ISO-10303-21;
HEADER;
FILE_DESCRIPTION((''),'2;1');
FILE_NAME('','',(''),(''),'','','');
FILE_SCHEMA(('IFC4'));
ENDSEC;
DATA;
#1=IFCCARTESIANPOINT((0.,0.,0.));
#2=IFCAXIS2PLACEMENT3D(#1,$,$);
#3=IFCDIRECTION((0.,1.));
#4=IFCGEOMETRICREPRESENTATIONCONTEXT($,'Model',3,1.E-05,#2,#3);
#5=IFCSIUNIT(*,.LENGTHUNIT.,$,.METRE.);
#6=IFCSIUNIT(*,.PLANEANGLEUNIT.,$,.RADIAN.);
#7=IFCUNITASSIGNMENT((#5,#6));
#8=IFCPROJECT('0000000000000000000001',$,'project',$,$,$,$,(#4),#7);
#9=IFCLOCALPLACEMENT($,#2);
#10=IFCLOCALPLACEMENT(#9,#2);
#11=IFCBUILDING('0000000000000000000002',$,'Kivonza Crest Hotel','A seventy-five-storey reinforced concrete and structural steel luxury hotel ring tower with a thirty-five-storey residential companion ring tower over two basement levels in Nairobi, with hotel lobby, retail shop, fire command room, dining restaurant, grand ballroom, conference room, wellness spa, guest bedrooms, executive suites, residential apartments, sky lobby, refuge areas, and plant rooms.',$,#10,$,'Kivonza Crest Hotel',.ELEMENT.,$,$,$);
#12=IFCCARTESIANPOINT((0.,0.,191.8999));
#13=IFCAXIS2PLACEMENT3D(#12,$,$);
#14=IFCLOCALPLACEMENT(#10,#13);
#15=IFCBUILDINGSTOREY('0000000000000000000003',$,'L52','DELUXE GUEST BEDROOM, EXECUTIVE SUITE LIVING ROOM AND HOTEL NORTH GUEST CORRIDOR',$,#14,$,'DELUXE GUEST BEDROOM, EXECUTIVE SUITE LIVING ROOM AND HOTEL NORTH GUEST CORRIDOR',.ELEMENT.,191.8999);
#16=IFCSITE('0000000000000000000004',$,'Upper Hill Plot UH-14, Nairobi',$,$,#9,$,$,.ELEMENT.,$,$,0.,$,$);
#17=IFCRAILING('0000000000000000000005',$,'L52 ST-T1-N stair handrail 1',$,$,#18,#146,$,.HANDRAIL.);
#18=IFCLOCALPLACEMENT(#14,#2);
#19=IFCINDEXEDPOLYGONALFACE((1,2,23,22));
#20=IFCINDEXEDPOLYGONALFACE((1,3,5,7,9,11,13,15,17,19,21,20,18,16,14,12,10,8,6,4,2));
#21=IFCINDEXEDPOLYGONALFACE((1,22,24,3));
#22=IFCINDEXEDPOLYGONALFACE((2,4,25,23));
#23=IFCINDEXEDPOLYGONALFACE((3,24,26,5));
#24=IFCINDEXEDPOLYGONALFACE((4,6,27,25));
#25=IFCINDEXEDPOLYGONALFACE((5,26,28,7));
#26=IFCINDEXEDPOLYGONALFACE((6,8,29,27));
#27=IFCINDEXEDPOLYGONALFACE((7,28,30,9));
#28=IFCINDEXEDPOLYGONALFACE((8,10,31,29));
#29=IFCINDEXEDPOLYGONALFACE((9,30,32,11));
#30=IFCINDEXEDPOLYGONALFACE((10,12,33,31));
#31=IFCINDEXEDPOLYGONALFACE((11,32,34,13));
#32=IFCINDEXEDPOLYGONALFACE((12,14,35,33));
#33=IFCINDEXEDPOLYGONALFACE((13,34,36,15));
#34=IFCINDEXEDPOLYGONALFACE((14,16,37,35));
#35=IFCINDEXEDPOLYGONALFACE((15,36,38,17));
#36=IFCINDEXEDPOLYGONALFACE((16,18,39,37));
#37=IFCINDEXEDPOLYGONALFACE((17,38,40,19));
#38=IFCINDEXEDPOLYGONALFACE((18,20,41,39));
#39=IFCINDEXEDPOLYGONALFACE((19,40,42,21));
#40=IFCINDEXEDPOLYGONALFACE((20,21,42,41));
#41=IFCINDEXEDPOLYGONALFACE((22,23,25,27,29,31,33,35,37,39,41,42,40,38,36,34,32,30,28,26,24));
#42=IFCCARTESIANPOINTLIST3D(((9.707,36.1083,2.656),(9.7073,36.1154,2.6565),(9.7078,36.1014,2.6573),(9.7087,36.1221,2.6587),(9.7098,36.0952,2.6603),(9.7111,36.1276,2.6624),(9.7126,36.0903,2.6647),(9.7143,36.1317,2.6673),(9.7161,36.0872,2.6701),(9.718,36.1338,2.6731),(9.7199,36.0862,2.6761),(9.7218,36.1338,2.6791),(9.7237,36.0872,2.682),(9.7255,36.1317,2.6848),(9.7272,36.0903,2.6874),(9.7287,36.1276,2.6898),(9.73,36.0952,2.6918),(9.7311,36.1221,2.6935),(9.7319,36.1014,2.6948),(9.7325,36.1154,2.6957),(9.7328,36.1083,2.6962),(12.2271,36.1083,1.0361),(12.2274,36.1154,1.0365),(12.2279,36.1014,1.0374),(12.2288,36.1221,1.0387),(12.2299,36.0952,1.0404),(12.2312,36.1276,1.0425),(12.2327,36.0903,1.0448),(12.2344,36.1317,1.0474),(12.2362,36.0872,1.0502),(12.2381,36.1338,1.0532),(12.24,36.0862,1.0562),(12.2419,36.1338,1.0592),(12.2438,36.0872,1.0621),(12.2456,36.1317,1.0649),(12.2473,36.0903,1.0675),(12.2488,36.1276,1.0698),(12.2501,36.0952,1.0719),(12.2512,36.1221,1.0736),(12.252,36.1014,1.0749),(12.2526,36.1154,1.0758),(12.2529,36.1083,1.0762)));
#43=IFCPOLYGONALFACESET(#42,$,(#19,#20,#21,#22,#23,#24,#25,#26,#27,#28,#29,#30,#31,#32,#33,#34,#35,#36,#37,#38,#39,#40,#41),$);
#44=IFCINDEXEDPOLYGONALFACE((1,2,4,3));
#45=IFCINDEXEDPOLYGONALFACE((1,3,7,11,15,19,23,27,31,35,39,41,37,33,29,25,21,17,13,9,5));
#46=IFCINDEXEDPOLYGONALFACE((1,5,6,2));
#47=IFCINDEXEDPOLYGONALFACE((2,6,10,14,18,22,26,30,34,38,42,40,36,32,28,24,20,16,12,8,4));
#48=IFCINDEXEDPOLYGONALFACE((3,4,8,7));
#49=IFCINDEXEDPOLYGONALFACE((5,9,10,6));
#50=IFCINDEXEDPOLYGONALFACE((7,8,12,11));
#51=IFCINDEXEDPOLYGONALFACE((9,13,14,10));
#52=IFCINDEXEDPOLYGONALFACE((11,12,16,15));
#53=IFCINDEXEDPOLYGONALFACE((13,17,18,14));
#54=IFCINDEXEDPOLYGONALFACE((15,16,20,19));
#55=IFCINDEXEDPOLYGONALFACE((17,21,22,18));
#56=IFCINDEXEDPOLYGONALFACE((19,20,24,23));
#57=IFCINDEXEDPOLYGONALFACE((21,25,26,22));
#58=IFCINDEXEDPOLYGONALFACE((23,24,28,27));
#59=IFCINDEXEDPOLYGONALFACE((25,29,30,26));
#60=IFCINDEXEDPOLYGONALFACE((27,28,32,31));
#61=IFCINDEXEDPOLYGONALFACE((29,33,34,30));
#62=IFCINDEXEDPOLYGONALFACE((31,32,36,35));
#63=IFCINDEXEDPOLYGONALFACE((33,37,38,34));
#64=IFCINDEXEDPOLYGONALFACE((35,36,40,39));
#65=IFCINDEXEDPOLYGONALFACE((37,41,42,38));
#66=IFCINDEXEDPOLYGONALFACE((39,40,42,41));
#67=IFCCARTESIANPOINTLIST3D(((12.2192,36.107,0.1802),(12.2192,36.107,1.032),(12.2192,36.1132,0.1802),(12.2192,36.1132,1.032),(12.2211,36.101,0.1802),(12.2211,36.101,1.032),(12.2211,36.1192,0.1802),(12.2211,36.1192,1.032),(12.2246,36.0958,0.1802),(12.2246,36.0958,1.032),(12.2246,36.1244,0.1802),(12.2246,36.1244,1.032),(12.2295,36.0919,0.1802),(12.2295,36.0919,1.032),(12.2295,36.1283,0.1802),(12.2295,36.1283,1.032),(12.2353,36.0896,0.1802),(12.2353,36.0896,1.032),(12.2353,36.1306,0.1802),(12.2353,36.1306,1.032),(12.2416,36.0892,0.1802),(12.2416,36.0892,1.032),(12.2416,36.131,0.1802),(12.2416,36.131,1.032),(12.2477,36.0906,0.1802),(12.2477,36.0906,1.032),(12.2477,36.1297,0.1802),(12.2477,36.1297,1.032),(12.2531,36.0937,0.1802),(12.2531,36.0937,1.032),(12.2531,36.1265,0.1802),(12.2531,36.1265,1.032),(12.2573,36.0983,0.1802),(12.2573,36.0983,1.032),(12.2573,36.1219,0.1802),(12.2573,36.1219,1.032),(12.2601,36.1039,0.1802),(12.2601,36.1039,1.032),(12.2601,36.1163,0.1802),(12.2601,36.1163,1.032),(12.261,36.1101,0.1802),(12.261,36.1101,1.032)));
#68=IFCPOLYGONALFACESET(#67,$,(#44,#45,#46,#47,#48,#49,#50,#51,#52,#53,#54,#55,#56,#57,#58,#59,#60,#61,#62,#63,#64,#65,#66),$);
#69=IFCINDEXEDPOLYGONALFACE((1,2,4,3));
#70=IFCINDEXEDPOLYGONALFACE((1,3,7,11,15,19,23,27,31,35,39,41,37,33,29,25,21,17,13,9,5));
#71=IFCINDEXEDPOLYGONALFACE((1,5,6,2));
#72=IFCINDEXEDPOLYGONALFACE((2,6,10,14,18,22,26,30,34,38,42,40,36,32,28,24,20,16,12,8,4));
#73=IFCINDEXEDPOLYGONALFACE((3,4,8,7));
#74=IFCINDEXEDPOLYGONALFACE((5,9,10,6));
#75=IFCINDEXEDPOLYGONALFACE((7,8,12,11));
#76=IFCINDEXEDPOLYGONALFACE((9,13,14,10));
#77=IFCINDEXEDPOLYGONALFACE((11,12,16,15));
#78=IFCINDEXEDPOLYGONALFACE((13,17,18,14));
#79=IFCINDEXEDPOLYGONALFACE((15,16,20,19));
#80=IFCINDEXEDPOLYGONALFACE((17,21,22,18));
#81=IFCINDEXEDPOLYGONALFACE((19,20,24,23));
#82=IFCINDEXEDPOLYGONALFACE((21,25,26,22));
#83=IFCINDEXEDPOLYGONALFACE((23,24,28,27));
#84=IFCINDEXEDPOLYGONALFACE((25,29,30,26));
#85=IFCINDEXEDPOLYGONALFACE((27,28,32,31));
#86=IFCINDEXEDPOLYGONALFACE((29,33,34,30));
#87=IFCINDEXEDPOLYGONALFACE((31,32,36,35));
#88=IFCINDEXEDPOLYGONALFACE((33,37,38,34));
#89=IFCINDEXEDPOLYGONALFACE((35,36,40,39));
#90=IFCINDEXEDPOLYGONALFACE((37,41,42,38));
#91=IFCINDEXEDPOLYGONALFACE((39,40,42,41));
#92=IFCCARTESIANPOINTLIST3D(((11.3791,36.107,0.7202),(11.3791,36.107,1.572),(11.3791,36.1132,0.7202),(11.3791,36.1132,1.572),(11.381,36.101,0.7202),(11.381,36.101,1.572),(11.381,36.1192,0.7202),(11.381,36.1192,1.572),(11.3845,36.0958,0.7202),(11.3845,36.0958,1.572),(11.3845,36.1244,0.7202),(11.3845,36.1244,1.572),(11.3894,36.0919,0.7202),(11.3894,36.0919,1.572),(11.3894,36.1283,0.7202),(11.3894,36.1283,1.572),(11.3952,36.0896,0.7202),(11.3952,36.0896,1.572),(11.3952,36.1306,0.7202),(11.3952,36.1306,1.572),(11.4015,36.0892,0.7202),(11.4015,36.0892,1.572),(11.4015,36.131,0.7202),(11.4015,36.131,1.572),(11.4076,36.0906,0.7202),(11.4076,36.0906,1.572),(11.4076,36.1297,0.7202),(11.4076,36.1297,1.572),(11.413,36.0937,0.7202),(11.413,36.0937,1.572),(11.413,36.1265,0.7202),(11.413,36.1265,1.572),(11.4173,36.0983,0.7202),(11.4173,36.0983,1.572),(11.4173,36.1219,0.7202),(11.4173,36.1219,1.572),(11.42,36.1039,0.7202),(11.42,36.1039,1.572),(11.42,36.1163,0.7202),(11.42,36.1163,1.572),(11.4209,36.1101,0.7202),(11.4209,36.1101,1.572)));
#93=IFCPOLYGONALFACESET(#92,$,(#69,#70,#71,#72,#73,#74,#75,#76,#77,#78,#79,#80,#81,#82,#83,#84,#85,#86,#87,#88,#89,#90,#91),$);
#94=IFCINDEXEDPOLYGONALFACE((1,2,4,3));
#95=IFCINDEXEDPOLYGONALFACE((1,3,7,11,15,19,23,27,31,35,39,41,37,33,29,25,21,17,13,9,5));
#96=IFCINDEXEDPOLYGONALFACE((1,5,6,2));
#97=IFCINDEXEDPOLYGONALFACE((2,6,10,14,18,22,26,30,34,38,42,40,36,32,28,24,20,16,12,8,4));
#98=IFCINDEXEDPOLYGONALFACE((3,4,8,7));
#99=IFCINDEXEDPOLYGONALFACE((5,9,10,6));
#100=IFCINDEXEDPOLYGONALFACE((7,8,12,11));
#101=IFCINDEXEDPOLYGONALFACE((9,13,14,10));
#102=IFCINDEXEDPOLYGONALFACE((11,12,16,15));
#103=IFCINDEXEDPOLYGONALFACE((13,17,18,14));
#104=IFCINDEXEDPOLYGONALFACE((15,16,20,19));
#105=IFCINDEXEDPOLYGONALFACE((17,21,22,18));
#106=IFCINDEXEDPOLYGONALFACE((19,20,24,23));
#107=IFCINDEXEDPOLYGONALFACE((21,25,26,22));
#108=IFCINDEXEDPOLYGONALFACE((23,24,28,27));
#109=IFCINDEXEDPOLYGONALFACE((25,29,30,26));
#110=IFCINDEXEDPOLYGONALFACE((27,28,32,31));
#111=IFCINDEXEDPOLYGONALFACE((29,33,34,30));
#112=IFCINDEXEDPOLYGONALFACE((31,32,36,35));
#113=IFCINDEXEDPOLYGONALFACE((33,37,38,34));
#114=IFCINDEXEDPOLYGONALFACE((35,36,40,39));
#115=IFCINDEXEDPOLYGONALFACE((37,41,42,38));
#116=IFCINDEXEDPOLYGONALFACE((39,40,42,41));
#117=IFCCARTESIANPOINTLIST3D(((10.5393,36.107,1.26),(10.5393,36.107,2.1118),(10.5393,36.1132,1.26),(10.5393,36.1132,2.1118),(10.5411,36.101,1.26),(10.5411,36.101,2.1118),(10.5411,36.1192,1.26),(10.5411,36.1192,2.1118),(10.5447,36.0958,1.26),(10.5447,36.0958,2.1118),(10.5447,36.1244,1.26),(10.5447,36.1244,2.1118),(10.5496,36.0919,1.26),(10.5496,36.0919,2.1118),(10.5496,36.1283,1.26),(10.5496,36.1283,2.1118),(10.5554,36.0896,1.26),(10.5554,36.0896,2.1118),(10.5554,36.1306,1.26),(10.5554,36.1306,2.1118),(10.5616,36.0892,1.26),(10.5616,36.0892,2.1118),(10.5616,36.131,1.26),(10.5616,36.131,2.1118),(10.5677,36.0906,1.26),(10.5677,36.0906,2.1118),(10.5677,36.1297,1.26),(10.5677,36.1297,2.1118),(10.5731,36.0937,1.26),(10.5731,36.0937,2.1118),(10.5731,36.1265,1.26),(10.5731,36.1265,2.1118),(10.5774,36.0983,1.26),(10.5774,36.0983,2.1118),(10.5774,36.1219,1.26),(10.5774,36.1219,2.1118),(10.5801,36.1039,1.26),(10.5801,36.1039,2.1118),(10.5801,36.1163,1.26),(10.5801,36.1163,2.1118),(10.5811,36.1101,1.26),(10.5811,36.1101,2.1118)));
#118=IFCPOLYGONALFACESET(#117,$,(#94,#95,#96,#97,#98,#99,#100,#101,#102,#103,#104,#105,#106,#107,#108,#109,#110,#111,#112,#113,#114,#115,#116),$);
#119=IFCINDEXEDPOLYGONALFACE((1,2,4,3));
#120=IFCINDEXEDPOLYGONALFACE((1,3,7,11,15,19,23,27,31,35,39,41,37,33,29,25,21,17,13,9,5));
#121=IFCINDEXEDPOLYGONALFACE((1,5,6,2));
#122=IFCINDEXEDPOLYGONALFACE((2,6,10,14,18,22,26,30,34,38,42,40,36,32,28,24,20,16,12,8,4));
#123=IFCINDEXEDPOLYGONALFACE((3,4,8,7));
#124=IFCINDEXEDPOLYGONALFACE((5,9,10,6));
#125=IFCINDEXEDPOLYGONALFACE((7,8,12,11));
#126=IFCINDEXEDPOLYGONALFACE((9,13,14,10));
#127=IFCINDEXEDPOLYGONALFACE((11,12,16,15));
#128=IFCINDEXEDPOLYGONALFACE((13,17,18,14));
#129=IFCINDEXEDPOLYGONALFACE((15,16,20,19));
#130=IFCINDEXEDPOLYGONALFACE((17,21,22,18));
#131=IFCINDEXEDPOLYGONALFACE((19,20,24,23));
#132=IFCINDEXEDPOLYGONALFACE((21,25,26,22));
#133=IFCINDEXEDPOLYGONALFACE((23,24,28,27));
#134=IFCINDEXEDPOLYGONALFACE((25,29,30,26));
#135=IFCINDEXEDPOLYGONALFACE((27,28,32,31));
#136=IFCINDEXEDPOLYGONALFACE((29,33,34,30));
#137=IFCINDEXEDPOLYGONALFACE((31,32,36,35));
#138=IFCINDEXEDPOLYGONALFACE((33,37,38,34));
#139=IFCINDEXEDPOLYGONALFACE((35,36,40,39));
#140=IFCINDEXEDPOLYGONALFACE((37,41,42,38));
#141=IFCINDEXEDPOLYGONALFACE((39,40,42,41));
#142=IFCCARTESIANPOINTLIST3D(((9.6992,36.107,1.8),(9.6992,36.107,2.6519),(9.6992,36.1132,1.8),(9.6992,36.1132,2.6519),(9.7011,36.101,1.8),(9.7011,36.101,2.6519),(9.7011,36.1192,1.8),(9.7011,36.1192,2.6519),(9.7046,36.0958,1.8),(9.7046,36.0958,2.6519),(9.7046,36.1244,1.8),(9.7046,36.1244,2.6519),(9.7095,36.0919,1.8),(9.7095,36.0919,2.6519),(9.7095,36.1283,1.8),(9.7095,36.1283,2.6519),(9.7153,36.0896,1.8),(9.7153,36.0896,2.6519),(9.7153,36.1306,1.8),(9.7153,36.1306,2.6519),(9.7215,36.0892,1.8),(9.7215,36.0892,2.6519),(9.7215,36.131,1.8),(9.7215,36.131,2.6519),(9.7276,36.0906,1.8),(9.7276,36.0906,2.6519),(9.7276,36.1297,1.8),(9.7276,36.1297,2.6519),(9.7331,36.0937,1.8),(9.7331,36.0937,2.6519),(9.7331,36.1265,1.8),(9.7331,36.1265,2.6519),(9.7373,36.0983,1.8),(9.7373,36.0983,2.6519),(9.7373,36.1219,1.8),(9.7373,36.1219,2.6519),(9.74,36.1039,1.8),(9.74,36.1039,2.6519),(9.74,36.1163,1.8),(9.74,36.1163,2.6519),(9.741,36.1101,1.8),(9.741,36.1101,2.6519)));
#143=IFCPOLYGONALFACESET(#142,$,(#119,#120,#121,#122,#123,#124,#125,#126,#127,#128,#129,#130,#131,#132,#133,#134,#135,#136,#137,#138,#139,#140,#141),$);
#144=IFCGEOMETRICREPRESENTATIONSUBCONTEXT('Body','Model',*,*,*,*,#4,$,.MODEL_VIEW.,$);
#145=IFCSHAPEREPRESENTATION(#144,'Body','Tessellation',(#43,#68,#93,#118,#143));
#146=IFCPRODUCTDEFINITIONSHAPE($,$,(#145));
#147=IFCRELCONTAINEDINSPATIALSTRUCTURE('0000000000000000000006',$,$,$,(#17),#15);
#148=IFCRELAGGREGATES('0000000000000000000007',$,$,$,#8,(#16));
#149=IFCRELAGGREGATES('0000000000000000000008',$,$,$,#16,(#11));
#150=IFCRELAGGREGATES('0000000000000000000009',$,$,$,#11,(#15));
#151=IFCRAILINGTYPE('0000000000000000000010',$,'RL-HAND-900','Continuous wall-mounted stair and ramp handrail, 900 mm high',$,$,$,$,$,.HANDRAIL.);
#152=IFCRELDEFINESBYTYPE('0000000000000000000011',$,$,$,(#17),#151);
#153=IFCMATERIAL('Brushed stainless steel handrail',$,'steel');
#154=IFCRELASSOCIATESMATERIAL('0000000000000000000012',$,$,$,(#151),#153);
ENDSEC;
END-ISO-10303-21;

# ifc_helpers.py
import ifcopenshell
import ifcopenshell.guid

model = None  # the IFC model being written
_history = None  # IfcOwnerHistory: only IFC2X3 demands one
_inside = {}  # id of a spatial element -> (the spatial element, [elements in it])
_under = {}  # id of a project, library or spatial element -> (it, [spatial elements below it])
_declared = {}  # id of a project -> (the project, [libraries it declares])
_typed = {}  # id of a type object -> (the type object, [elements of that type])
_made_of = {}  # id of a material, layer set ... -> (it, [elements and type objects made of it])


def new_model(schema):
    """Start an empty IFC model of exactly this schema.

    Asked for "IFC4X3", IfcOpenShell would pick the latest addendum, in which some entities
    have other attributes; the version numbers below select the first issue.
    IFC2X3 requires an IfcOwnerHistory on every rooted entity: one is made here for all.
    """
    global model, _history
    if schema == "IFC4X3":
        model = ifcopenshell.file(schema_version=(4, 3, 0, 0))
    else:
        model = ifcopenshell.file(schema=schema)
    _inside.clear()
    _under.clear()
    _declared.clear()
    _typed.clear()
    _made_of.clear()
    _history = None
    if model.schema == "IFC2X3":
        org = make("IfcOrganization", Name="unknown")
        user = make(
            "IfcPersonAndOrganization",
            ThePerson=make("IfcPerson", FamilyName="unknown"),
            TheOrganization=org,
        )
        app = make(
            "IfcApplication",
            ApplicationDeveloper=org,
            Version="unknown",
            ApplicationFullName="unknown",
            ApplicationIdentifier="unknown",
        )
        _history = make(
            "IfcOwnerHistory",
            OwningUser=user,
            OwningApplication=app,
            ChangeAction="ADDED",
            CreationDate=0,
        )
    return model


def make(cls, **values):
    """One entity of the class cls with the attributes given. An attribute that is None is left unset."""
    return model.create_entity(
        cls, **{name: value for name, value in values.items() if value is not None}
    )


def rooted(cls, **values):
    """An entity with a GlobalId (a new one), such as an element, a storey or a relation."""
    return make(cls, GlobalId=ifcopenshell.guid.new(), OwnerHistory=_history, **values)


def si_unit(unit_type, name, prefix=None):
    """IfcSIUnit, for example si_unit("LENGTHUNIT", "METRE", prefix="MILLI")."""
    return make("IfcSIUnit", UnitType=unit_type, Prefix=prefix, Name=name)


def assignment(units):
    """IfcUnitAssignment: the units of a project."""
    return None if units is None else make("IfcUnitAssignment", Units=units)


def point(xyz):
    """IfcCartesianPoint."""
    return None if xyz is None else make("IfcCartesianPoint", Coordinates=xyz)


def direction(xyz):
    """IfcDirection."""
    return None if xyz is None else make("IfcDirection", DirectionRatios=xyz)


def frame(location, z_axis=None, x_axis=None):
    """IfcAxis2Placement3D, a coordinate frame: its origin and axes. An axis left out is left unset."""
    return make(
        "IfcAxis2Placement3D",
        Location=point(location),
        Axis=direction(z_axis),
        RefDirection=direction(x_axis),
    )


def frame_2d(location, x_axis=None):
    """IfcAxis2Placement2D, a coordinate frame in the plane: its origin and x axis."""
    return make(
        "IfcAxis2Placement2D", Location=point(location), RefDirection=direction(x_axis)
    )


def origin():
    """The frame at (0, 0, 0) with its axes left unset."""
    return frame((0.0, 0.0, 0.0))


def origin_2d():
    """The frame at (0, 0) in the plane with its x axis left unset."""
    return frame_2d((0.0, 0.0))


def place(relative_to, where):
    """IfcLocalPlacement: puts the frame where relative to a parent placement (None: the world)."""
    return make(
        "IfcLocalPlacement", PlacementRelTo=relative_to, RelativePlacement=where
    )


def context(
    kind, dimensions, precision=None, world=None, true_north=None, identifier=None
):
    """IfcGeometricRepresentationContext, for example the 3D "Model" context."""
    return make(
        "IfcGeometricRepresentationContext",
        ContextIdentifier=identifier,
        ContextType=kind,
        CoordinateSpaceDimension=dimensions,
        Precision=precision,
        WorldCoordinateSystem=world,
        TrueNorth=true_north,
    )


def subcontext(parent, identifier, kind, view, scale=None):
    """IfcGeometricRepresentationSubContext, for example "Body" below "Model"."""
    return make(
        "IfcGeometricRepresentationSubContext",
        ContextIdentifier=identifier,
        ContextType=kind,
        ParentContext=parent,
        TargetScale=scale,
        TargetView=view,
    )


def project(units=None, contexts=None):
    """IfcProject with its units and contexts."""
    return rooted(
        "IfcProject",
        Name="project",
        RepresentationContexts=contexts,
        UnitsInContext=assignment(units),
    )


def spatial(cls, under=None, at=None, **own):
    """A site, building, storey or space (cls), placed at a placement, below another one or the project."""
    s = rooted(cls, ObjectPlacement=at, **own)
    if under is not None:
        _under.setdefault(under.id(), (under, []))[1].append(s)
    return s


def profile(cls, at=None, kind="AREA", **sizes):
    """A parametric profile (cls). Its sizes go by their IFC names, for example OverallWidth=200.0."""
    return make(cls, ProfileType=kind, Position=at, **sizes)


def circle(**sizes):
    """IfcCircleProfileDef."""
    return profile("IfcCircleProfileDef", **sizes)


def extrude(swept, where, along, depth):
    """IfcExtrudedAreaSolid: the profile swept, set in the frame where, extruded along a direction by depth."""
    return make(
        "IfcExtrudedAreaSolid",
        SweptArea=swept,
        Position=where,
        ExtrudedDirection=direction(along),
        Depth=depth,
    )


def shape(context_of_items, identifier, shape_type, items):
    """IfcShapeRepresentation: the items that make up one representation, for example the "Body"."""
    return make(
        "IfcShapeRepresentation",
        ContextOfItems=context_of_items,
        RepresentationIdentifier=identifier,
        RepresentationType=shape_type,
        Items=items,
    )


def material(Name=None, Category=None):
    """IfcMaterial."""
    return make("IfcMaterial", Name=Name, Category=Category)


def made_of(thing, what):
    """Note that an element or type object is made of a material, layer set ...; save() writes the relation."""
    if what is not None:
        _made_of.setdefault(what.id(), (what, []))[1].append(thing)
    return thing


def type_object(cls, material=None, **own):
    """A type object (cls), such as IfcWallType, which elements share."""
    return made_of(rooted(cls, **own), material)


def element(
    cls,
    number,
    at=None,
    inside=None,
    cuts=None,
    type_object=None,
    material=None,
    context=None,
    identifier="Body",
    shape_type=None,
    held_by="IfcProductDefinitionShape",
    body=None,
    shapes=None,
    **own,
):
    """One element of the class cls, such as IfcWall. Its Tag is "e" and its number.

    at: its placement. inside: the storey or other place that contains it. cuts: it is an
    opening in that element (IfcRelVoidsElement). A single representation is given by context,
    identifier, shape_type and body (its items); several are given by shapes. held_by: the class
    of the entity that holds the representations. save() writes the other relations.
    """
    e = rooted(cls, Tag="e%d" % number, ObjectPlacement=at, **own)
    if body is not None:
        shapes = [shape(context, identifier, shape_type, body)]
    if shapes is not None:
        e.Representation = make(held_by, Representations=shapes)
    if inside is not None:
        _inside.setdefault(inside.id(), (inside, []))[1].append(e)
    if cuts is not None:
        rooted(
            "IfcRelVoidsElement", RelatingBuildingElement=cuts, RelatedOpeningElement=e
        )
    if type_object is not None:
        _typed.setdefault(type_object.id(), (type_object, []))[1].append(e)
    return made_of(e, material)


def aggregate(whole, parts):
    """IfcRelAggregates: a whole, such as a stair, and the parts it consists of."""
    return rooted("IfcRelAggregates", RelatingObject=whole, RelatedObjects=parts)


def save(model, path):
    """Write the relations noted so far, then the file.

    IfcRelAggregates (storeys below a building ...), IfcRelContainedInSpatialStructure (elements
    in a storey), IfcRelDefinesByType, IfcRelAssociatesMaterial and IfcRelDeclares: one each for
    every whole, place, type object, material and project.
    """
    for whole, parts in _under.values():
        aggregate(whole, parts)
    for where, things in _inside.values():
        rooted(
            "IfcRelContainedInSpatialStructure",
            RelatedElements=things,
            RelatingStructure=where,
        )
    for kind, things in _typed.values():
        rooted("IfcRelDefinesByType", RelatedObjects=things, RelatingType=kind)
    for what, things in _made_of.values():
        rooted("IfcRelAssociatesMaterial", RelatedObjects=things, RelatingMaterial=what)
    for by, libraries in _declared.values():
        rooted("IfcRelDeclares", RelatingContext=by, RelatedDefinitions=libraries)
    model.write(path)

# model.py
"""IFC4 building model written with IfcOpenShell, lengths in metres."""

from ifc_helpers import new_model, si_unit, direction, frame, origin, origin_2d, place, context, subcontext, project, spatial, circle, extrude, material, type_object, element, save


model = new_model("IFC4")

# Units and contexts
model_context = context("Model", 3, precision=1e-05, world=origin(), true_north=direction((0.0, 1.0)))
body_context = subcontext(model_context, "Body", "Model", "MODEL_VIEW")
ifc_project = project(units=[si_unit("LENGTHUNIT", "METRE"), si_unit("PLANEANGLEUNIT", "RADIAN")], contexts=[model_context])

# Site, building, storey
site_placement = place(None, origin())
site = spatial("IfcSite", under=ifc_project, at=site_placement, Name="Upper Hill Plot UH-14, Nairobi", CompositionType="ELEMENT", RefElevation=0.0)
building_placement = place(site_placement, origin())
building = spatial("IfcBuilding", under=site, at=building_placement, Name="Kivonza Crest Hotel", Description="A seventy-five-storey reinforced concrete and structural steel luxury hotel ring tower with a thirty-five-storey residential companion ring tower over two basement levels in Nairobi, with hotel lobby, retail shop, fire command room, dining restaurant, grand ballroom, conference room, wellness spa, guest bedrooms, executive suites, residential apartments, sky lobby, refuge areas, and plant rooms.", LongName="Kivonza Crest Hotel", CompositionType="ELEMENT")
storey_placement = place(building_placement, frame((0.0, 0.0, 191.8999)))
storey = spatial("IfcBuildingStorey", under=building, at=storey_placement, Name="L52", Description="DELUXE GUEST BEDROOM, EXECUTIVE SUITE LIVING ROOM AND HOTEL NORTH GUEST CORRIDOR", LongName="DELUXE GUEST BEDROOM, EXECUTIVE SUITE LIVING ROOM AND HOTEL NORTH GUEST CORRIDOR", CompositionType="ELEMENT", Elevation=191.8999)

# Railing
ifc_material_1 = material(Name="Brushed stainless steel handrail", Category="steel")
railing_type_1 = type_object("IfcRailingType", Name="RL-HAND-900", Description="Continuous wall-mounted stair and ramp handrail, 900 mm high", PredefinedType="HANDRAIL", material=ifc_material_1)
railing_1_placement = place(storey_placement, frame((12.24, 36.1101, 0.1802)))
element("IfcRailing", 1, at=railing_1_placement, inside=storey, type_object=railing_type_1, Name="L52 ST-T1-N stair handrail 1", PredefinedType="HANDRAIL", context=body_context, shape_type="SweptSolid", body=[
    extrude(circle(Radius=0.0239, at=origin_2d()), frame((0.0, 0.0, 0.876), z_axis=(-0.8412, 0.0, 0.540725), x_axis=(0.0, -1.0, 0.0)), (0.0, 0.0, 1.0), 2.9958),
    extrude(circle(Radius=0.021, at=origin_2d()), origin(), (0.0, 0.0, 1.0), 0.8518),
    extrude(circle(Radius=0.021, at=origin_2d()), frame((-0.8401, 0.0, 0.54)), (0.0, 0.0, 1.0), 0.8518),
    extrude(circle(Radius=0.021, at=origin_2d()), frame((-1.6799, 0.0, 1.0798)), (0.0, 0.0, 1.0), 0.8518),
    extrude(circle(Radius=0.021, at=origin_2d()), frame((-2.52, 0.0, 1.6199)), (0.0, 0.0, 1.0), 0.8518),
])

save(model, "model.ifc")
